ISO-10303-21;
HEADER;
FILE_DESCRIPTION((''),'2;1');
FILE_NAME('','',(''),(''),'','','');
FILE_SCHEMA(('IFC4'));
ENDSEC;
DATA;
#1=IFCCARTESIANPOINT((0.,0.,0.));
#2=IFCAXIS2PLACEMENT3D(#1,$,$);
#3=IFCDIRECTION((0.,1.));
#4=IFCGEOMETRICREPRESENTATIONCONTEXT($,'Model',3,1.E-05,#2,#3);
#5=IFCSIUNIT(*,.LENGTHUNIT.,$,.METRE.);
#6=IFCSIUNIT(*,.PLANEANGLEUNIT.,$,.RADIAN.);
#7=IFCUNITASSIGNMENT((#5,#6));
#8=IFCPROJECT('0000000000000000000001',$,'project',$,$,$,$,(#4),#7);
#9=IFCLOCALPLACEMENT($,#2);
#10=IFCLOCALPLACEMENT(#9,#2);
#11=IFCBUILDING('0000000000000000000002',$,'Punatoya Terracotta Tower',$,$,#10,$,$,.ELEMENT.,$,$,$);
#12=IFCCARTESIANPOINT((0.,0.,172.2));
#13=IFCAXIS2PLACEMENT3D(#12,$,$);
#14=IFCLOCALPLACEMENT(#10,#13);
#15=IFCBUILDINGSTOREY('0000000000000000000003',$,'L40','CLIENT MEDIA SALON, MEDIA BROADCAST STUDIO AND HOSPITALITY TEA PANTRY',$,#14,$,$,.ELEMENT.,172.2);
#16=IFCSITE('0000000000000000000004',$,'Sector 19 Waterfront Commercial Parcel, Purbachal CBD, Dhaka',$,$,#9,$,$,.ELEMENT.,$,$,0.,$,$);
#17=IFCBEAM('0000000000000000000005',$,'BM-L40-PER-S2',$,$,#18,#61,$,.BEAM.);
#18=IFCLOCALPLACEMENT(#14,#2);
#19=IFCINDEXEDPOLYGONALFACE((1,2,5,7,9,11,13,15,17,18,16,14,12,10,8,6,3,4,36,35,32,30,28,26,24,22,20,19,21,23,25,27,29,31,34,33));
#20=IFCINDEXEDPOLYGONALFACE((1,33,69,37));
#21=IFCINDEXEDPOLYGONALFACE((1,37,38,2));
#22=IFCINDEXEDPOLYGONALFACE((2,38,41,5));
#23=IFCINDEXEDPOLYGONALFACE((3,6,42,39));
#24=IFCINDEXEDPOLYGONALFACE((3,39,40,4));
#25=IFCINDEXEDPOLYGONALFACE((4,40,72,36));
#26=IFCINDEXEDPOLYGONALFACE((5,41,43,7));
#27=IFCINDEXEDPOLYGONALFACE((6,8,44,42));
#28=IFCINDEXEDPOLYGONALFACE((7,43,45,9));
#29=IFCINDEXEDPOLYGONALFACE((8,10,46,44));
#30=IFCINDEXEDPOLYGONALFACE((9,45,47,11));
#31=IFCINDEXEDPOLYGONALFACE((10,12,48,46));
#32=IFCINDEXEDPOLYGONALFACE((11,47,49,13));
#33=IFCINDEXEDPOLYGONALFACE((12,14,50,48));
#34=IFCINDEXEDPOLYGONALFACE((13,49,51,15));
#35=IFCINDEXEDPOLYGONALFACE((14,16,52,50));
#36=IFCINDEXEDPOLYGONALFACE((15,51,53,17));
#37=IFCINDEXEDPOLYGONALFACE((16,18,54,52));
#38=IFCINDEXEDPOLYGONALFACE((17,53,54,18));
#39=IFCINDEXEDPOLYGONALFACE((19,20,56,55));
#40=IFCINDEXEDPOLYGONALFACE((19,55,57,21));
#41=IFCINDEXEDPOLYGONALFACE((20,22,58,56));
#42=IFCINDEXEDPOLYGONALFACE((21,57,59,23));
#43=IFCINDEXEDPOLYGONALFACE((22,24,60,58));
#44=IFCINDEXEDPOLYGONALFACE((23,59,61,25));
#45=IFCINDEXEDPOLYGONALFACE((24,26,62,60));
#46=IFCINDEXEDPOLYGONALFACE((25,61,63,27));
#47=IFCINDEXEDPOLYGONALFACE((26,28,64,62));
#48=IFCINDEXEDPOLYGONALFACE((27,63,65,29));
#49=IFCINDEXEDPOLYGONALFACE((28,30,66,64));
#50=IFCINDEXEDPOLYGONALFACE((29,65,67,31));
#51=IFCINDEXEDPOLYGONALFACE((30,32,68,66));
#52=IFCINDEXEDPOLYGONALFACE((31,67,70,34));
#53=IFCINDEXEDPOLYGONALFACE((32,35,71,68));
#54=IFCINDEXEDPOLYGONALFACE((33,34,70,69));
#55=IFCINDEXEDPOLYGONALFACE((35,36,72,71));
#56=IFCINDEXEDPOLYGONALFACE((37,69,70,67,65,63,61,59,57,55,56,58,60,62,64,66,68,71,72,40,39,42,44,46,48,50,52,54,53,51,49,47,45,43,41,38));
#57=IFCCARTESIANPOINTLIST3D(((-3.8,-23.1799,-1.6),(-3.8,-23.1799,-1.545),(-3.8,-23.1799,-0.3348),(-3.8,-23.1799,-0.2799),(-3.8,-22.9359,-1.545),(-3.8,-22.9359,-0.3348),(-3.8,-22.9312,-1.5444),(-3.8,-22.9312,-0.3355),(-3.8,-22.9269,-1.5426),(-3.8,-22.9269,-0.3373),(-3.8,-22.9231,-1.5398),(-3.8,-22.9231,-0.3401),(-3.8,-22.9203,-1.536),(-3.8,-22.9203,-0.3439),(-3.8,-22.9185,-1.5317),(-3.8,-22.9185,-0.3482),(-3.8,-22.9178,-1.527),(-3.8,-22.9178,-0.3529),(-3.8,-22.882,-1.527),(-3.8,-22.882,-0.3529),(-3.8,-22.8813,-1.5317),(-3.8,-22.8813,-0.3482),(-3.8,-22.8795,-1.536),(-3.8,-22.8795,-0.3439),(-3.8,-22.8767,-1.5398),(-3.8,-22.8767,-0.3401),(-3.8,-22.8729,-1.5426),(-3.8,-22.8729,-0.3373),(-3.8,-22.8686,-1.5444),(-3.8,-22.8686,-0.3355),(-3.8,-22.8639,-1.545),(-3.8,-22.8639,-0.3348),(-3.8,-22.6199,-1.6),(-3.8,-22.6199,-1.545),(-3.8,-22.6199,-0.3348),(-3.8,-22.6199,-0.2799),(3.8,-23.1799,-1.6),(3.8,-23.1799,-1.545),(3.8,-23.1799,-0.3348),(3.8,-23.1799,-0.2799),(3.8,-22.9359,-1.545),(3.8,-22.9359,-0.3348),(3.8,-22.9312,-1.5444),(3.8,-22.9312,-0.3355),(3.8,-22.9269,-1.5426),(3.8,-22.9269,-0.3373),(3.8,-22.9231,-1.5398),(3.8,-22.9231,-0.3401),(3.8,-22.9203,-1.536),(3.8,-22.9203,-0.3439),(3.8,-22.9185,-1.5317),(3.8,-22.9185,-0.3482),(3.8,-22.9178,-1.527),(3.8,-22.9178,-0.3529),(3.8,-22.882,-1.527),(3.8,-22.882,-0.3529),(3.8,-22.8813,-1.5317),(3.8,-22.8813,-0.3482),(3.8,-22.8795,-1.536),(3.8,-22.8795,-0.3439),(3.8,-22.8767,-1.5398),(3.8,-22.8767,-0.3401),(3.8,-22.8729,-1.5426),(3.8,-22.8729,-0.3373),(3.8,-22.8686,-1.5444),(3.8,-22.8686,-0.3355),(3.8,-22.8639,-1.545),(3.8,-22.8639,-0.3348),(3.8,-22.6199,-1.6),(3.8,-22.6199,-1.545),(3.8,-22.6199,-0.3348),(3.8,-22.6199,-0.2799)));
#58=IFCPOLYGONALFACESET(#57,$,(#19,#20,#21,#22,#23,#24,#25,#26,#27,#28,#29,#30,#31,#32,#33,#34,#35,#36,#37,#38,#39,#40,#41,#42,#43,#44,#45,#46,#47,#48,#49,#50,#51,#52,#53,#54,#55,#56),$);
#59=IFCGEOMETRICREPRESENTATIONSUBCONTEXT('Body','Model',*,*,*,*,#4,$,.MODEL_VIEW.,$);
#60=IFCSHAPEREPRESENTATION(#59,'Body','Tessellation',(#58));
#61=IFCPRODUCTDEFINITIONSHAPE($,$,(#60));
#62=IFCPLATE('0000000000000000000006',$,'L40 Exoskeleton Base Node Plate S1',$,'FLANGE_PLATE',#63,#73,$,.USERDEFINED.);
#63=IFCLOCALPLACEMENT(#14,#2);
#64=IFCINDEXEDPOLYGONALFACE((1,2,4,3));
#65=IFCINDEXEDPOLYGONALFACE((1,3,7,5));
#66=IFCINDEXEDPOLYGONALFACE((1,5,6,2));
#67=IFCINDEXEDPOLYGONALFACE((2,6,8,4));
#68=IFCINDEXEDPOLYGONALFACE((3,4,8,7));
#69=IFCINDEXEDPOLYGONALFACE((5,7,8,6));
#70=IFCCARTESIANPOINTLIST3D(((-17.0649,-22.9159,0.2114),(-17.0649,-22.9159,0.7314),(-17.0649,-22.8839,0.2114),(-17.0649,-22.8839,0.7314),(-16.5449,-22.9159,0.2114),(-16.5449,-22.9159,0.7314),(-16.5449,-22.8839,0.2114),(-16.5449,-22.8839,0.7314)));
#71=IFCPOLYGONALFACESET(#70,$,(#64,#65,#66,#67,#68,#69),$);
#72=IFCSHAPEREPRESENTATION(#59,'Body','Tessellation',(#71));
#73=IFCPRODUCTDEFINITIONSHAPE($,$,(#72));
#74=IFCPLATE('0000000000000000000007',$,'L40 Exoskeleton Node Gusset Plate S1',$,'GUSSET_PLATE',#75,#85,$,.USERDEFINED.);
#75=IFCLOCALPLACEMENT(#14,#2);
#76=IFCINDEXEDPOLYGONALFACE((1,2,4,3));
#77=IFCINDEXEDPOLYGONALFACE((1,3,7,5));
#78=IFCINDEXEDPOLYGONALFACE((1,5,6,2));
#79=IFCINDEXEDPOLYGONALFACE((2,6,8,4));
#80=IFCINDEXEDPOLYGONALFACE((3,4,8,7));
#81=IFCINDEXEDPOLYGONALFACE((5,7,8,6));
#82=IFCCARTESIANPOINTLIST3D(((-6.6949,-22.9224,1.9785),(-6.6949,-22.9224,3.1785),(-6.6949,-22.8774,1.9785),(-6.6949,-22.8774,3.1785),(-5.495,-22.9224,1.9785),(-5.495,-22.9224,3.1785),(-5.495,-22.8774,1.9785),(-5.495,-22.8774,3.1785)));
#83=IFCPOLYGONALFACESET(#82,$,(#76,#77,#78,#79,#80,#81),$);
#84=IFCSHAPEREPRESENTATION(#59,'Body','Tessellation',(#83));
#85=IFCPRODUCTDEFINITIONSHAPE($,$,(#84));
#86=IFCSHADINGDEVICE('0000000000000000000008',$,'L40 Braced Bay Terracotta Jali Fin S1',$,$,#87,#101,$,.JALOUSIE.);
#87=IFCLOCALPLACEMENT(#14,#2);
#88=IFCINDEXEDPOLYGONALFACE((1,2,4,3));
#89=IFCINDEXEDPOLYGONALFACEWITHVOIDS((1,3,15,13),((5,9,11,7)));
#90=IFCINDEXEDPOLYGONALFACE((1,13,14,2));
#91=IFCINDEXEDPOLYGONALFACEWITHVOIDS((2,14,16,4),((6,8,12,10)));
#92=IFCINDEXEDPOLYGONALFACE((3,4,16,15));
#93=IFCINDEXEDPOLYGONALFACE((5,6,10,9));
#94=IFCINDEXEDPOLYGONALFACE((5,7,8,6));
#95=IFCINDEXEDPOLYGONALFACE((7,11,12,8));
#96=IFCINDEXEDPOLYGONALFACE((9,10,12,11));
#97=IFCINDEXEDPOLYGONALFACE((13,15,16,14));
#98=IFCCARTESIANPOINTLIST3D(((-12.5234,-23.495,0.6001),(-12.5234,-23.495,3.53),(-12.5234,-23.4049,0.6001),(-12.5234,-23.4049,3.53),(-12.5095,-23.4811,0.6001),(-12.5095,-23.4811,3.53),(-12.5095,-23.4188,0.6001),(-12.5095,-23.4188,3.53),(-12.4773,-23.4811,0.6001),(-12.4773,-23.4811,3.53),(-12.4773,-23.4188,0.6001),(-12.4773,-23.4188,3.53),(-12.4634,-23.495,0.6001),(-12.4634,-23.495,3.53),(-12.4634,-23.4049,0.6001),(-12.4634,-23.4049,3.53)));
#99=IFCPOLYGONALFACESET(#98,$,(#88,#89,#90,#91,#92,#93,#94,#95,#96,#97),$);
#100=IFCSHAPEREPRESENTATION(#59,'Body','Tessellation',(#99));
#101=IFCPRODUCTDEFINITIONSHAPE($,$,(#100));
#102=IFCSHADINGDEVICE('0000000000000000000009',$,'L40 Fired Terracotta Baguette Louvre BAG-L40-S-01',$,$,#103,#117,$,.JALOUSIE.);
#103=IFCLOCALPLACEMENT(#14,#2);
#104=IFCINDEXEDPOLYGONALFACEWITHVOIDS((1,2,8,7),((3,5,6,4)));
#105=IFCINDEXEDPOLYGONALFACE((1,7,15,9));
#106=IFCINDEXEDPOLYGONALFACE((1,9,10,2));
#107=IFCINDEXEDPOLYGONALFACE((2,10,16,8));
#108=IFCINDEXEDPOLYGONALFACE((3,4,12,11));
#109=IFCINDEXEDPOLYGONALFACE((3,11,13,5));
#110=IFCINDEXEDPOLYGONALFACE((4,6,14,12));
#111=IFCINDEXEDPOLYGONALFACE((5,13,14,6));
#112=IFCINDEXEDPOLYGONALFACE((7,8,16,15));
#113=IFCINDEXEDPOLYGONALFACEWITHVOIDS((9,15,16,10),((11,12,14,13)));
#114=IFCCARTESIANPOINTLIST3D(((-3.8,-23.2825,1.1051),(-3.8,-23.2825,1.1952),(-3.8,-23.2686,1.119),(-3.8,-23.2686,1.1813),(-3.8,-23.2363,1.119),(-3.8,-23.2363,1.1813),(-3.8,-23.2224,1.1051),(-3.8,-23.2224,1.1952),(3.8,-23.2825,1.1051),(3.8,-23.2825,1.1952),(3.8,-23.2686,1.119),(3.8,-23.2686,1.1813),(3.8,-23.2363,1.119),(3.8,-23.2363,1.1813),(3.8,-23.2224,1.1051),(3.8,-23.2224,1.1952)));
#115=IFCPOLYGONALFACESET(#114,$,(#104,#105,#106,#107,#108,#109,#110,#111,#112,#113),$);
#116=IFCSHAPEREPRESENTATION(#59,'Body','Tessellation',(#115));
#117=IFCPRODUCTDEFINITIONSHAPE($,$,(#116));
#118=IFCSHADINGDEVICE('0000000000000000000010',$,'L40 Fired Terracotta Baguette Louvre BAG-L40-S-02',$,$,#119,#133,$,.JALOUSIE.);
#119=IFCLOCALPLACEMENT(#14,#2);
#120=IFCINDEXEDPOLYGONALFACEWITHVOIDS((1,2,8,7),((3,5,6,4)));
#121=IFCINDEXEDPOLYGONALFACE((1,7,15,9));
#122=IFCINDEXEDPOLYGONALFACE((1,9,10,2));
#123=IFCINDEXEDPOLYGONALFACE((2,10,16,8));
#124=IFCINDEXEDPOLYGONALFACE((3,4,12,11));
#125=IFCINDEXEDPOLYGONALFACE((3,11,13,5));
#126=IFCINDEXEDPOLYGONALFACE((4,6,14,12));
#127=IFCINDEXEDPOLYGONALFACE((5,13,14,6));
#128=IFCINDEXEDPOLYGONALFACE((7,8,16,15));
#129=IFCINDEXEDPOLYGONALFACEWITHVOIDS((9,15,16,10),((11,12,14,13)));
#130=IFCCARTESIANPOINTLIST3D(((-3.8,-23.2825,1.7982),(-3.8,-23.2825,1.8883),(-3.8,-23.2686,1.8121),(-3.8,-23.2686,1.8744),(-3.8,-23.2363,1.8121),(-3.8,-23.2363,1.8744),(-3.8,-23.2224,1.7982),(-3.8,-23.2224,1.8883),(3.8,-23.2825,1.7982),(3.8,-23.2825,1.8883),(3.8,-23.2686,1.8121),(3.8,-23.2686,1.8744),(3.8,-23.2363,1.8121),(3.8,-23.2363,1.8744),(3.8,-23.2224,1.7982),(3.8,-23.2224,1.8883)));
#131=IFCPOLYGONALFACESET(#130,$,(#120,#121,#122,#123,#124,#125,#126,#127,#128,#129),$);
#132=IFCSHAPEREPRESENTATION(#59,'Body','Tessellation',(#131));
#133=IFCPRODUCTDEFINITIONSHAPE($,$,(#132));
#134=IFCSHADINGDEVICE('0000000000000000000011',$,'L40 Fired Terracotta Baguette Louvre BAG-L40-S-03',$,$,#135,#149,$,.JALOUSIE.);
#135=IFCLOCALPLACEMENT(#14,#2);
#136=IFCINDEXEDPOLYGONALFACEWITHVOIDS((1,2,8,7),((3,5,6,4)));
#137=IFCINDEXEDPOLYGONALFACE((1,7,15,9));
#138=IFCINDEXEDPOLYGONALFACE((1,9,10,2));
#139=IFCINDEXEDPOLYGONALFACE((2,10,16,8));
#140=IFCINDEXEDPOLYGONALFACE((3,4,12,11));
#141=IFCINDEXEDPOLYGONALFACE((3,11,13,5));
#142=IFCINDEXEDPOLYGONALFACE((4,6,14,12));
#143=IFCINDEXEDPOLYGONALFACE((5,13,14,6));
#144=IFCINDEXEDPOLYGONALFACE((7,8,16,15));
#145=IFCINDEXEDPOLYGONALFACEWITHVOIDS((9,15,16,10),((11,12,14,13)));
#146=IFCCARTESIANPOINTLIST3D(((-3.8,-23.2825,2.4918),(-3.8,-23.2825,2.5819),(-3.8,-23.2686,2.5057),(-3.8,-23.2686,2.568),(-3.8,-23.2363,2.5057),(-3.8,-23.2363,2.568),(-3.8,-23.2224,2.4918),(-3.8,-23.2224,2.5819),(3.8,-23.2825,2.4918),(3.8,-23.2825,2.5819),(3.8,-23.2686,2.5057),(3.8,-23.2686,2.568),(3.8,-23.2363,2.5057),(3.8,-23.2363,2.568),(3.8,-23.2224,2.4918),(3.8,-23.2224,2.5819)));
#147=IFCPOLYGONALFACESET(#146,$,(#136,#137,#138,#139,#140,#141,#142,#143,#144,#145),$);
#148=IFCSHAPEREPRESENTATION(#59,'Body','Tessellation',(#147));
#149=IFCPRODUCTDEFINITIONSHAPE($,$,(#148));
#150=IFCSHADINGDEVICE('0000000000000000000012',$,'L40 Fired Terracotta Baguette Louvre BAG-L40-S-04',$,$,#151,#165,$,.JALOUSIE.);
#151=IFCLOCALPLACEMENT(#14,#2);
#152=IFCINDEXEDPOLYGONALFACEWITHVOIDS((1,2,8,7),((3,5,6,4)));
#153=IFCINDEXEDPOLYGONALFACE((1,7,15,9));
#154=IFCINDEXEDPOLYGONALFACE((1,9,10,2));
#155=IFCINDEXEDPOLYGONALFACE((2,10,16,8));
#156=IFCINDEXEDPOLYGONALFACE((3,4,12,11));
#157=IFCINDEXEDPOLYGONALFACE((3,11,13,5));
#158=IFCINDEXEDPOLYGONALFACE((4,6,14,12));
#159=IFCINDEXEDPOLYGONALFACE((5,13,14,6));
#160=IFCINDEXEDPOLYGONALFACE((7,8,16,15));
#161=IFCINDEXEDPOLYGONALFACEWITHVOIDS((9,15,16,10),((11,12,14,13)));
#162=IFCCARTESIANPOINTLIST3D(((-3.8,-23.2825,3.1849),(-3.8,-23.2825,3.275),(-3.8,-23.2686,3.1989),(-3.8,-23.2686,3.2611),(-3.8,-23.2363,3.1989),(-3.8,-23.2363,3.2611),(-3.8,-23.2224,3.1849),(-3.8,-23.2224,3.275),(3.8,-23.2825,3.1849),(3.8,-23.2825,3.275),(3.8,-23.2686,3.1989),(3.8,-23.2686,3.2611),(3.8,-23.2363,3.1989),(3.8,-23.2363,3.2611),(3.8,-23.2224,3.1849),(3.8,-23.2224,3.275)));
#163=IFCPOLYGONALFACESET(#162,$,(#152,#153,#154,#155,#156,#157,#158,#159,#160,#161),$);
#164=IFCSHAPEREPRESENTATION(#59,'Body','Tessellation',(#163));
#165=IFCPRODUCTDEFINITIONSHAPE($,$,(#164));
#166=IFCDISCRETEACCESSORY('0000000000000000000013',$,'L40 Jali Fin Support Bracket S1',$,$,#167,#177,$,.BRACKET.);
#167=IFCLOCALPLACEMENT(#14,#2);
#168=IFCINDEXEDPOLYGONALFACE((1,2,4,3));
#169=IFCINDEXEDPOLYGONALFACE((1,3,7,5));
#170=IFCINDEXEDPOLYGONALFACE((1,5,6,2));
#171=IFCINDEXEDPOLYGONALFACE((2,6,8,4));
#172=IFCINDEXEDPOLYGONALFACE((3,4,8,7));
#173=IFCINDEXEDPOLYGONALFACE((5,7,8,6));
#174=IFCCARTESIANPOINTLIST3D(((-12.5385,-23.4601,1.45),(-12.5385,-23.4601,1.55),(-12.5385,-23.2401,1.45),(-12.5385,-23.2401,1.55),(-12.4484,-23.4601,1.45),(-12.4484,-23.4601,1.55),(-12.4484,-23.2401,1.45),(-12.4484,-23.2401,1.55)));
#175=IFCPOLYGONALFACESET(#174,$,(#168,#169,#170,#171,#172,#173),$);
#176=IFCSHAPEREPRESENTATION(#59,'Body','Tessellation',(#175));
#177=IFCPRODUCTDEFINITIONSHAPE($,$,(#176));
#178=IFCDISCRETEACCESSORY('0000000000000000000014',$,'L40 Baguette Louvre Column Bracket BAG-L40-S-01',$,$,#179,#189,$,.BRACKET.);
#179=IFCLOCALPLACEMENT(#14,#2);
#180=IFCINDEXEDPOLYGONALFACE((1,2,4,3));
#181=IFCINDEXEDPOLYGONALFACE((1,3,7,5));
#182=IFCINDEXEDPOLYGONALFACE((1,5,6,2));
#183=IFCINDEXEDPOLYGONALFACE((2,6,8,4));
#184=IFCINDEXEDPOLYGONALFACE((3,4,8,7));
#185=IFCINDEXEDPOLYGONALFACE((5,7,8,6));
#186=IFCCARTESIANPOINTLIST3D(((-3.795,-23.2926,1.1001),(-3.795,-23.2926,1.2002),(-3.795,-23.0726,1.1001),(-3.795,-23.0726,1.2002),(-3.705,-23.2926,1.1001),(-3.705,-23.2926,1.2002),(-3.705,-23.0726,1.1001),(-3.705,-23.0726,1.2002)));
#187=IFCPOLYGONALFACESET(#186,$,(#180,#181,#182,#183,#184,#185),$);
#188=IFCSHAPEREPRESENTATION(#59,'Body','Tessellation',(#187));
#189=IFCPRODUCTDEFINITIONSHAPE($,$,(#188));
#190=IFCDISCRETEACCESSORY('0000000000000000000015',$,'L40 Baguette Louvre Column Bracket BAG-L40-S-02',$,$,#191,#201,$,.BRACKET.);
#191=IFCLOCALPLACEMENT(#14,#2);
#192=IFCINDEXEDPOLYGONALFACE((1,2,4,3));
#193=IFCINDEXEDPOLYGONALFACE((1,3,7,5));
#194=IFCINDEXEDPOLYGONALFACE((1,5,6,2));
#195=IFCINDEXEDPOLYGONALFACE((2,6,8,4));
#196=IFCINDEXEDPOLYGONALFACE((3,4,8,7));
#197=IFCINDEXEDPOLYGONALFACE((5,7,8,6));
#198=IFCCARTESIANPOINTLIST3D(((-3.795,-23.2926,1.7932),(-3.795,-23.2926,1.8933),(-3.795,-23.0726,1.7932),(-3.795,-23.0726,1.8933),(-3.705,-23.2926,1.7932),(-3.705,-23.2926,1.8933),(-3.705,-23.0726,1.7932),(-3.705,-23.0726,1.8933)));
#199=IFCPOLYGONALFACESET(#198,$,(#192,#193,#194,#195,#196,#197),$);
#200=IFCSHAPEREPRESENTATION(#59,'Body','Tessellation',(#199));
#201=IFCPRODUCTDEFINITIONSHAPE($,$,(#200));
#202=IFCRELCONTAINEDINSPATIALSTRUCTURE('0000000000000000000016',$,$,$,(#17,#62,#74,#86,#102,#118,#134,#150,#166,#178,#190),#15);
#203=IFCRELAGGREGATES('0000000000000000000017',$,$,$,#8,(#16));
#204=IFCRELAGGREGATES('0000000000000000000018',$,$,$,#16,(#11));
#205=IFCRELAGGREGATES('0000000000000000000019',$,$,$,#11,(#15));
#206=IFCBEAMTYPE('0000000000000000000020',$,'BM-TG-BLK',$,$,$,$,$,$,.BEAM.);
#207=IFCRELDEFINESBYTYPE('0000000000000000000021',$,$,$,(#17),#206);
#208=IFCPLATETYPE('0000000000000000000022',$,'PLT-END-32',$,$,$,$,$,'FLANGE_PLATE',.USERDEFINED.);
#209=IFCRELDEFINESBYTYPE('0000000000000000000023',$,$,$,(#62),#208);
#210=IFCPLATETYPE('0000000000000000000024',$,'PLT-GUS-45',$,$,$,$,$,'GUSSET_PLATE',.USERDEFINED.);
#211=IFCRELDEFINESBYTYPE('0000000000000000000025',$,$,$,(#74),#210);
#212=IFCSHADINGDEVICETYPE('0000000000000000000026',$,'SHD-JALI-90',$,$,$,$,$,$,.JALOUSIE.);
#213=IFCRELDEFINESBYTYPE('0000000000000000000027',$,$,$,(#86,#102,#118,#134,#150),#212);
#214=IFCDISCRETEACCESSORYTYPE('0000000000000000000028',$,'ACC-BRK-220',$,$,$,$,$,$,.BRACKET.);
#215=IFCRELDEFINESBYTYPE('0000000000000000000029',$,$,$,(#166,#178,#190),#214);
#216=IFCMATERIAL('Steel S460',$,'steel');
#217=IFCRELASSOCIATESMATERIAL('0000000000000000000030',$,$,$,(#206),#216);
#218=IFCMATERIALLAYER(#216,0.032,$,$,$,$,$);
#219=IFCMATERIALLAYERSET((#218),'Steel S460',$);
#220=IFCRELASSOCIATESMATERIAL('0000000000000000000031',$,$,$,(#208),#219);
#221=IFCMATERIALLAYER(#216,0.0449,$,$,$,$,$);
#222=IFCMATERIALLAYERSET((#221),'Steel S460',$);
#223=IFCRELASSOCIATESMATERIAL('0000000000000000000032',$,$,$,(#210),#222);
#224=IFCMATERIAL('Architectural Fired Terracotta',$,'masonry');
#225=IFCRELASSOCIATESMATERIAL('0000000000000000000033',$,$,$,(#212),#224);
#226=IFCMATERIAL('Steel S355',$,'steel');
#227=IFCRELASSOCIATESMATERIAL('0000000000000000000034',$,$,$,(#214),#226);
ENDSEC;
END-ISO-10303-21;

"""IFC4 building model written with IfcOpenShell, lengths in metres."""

from ifc_helpers import new_model, si_unit, direction, frame, origin, origin_2d, place, context, subcontext, project, spatial, rectangle, hollow_rectangle, i_section, extrude, material, layer, layer_set, material_profile, profile_set, type_object, element, save


model = new_model("IFC4")

# Units and contexts
model_context = context("Model", 3, precision=1e-05, world=origin(), true_north=direction((0.0, 1.0)))
body_context = subcontext(model_context, "Body", "Model", "MODEL_VIEW")
ifc_project = project(units=[si_unit("LENGTHUNIT", "METRE"), si_unit("PLANEANGLEUNIT", "RADIAN")], contexts=[model_context])

# Site, building, storey
site_placement = place(None, origin())
site = spatial("IfcSite", under=ifc_project, at=site_placement, Name="Sector 19 Waterfront Commercial Parcel, Purbachal CBD, Dhaka", CompositionType="ELEMENT", RefElevation=0.0)
building_placement = place(site_placement, origin())
building = spatial("IfcBuilding", under=site, at=building_placement, Name="Punatoya Terracotta Tower", CompositionType="ELEMENT")
storey_placement = place(building_placement, frame((0.0, 0.0, 172.2)))
storey = spatial("IfcBuildingStorey", under=building, at=storey_placement, Name="L40", Description="CLIENT MEDIA SALON, MEDIA BROADCAST STUDIO AND HOSPITALITY TEA PANTRY", CompositionType="ELEMENT", Elevation=172.2)

# Shared definitions
ifc_material_1 = material(Name="Steel S460", Category="steel")

# Beam
ifc_material_2 = material(Name="Steel S355", Category="steel")
ifc_material_profile_1 = material_profile(ifc_material_1, i_section(OverallWidth=0.5601, OverallDepth=1.3201, WebThickness=0.0359, FlangeThickness=0.0549, FilletRadius=0.0181, at=origin_2d()))
ifc_profile_set_1 = profile_set([ifc_material_profile_1], Name="Steel S460")
beam_type_1 = type_object("IfcBeamType", Name="BM-TG-BLK", PredefinedType="BEAM", material=ifc_profile_set_1)
beam_1_placement = place(storey_placement, frame((-3.8, -22.8999, -0.9399), z_axis=(1.0, 0.0, 0.0), x_axis=(0.0, 1.0, 0.0)))
element("IfcBeam", 1, at=beam_1_placement, inside=storey, type_object=beam_type_1, Name="BM-L40-PER-S2", PredefinedType="BEAM", context=body_context, shape_type="SweptSolid", body=[
    extrude(i_section(OverallWidth=0.5601, OverallDepth=1.3201, WebThickness=0.0359, FlangeThickness=0.0549, FilletRadius=0.0181, at=origin_2d()), origin(), (0.0, 0.0, 1.0), 7.6001),
])

# Plates
ifc_layer_1 = layer(ifc_material_1, 0.032)
ifc_layer_set_1 = layer_set([ifc_layer_1], Name="Steel S460")
plate_type_1 = type_object("IfcPlateType", Name="PLT-END-32", ElementType="FLANGE_PLATE", PredefinedType="USERDEFINED", material=ifc_layer_set_1)
plate_1_placement = place(storey_placement, frame((-16.8049, -22.8999, 0.2114), z_axis=(0.0, 0.0, 1.0), x_axis=(1.0, 0.0, 0.0)))
element("IfcPlate", 2, at=plate_1_placement, inside=storey, type_object=plate_type_1, Name="L40 Exoskeleton Base Node Plate S1", ObjectType="FLANGE_PLATE", PredefinedType="USERDEFINED", context=body_context, shape_type="SweptSolid", body=[
    extrude(rectangle(XDim=0.52, YDim=0.032, at=origin_2d()), origin(), (0.0, 0.0, 1.0), 0.52),
])
ifc_layer_2 = layer(ifc_material_1, 0.0449)
ifc_layer_set_2 = layer_set([ifc_layer_2], Name="Steel S460")
plate_type_2 = type_object("IfcPlateType", Name="PLT-GUS-45", ElementType="GUSSET_PLATE", PredefinedType="USERDEFINED", material=ifc_layer_set_2)
plate_2_placement = place(storey_placement, frame((-6.095, -22.8999, 1.9785), z_axis=(0.0, 0.0, 1.0), x_axis=(1.0, 0.0, 0.0)))
element("IfcPlate", 3, at=plate_2_placement, inside=storey, type_object=plate_type_2, Name="L40 Exoskeleton Node Gusset Plate S1", ObjectType="GUSSET_PLATE", PredefinedType="USERDEFINED", context=body_context, shape_type="SweptSolid", body=[
    extrude(rectangle(XDim=1.2, YDim=0.0449, at=origin_2d()), origin(), (0.0, 0.0, 1.0), 1.2),
])

# Shading devices
ifc_material_3 = material(Name="Architectural Fired Terracotta", Category="masonry")
ifc_material_profile_2 = material_profile(ifc_material_3, hollow_rectangle(XDim=0.0601, YDim=0.0901, WallThickness=0.0139, at=origin_2d()))
ifc_profile_set_2 = profile_set([ifc_material_profile_2], Name="Architectural Fired Terracotta")
shading_device_type = type_object("IfcShadingDeviceType", Name="SHD-JALI-90", PredefinedType="JALOUSIE", material=ifc_profile_set_2)
shading_device_placement = place(storey_placement, frame((-12.4934, -23.45, 0.6001), z_axis=(0.0, 0.0, 1.0), x_axis=(1.0, 0.0, 0.0)))
element("IfcShadingDevice", 4, at=shading_device_placement, inside=storey, type_object=shading_device_type, Name="L40 Braced Bay Terracotta Jali Fin S1", PredefinedType="JALOUSIE", context=body_context, shape_type="SweptSolid", body=[
    extrude(hollow_rectangle(XDim=0.0601, YDim=0.0901, WallThickness=0.0139, at=origin_2d()), origin(), (0.0, 0.0, 1.0), 2.9299),
])
for number, where, z_axis, x_axis, name in (
    (5, (-3.8, -23.2524, 1.1501), (1.0, 0.0, 0.0), (0.0, 1.0, 0.0), "L40 Fired Terracotta Baguette Louvre BAG-L40-S-01"),
    (6, (-3.8, -23.2524, 1.8433), (1.0, 0.0, 0.0), (0.0, 1.0, 0.0), "L40 Fired Terracotta Baguette Louvre BAG-L40-S-02"),
    (7, (-3.8, -23.2524, 2.5369), (1.0, 0.0, 0.0), (0.0, 1.0, 0.0), "L40 Fired Terracotta Baguette Louvre BAG-L40-S-03"),
    (8, (-3.8, -23.2524, 3.23), (1.0, 0.0, 0.0), (0.0, 1.0, 0.0), "L40 Fired Terracotta Baguette Louvre BAG-L40-S-04"),
):
    element("IfcShadingDevice", number, at=place(storey_placement, frame(where, z_axis=z_axis, x_axis=x_axis)), inside=storey, type_object=shading_device_type, Name=name, PredefinedType="JALOUSIE", context=body_context, shape_type="SweptSolid", body=[
        extrude(hollow_rectangle(XDim=0.0601, YDim=0.0901, WallThickness=0.0139, at=origin_2d()), origin(), (0.0, 0.0, 1.0), 7.6001),
    ])

# Discrete accessories
discrete_accessory_type = type_object("IfcDiscreteAccessoryType", Name="ACC-BRK-220", PredefinedType="BRACKET", material=ifc_material_2)
for number, where, z_axis, x_axis, name in (
    (9, (-12.4934, -23.3501, 1.45), (0.0, 0.0, 1.0), (1.0, 0.0, 0.0), "L40 Jali Fin Support Bracket S1"),
    (10, (-3.75, -23.1826, 1.1001), (0.0, 0.0, 1.0), (1.0, 0.0, 0.0), "L40 Baguette Louvre Column Bracket BAG-L40-S-01"),
    (11, (-3.75, -23.1826, 1.7932), (0.0, 0.0, 1.0), (1.0, 0.0, 0.0), "L40 Baguette Louvre Column Bracket BAG-L40-S-02"),
):
    element("IfcDiscreteAccessory", number, at=place(storey_placement, frame(where, z_axis=z_axis, x_axis=x_axis)), inside=storey, type_object=discrete_accessory_type, Name=name, PredefinedType="BRACKET", context=body_context, shape_type="SweptSolid", body=[
        extrude(rectangle(XDim=0.0901, YDim=0.22, at=origin_2d()), origin(), (0.0, 0.0, 1.0), 0.1001),
    ])

save(model, "model.ifc")
